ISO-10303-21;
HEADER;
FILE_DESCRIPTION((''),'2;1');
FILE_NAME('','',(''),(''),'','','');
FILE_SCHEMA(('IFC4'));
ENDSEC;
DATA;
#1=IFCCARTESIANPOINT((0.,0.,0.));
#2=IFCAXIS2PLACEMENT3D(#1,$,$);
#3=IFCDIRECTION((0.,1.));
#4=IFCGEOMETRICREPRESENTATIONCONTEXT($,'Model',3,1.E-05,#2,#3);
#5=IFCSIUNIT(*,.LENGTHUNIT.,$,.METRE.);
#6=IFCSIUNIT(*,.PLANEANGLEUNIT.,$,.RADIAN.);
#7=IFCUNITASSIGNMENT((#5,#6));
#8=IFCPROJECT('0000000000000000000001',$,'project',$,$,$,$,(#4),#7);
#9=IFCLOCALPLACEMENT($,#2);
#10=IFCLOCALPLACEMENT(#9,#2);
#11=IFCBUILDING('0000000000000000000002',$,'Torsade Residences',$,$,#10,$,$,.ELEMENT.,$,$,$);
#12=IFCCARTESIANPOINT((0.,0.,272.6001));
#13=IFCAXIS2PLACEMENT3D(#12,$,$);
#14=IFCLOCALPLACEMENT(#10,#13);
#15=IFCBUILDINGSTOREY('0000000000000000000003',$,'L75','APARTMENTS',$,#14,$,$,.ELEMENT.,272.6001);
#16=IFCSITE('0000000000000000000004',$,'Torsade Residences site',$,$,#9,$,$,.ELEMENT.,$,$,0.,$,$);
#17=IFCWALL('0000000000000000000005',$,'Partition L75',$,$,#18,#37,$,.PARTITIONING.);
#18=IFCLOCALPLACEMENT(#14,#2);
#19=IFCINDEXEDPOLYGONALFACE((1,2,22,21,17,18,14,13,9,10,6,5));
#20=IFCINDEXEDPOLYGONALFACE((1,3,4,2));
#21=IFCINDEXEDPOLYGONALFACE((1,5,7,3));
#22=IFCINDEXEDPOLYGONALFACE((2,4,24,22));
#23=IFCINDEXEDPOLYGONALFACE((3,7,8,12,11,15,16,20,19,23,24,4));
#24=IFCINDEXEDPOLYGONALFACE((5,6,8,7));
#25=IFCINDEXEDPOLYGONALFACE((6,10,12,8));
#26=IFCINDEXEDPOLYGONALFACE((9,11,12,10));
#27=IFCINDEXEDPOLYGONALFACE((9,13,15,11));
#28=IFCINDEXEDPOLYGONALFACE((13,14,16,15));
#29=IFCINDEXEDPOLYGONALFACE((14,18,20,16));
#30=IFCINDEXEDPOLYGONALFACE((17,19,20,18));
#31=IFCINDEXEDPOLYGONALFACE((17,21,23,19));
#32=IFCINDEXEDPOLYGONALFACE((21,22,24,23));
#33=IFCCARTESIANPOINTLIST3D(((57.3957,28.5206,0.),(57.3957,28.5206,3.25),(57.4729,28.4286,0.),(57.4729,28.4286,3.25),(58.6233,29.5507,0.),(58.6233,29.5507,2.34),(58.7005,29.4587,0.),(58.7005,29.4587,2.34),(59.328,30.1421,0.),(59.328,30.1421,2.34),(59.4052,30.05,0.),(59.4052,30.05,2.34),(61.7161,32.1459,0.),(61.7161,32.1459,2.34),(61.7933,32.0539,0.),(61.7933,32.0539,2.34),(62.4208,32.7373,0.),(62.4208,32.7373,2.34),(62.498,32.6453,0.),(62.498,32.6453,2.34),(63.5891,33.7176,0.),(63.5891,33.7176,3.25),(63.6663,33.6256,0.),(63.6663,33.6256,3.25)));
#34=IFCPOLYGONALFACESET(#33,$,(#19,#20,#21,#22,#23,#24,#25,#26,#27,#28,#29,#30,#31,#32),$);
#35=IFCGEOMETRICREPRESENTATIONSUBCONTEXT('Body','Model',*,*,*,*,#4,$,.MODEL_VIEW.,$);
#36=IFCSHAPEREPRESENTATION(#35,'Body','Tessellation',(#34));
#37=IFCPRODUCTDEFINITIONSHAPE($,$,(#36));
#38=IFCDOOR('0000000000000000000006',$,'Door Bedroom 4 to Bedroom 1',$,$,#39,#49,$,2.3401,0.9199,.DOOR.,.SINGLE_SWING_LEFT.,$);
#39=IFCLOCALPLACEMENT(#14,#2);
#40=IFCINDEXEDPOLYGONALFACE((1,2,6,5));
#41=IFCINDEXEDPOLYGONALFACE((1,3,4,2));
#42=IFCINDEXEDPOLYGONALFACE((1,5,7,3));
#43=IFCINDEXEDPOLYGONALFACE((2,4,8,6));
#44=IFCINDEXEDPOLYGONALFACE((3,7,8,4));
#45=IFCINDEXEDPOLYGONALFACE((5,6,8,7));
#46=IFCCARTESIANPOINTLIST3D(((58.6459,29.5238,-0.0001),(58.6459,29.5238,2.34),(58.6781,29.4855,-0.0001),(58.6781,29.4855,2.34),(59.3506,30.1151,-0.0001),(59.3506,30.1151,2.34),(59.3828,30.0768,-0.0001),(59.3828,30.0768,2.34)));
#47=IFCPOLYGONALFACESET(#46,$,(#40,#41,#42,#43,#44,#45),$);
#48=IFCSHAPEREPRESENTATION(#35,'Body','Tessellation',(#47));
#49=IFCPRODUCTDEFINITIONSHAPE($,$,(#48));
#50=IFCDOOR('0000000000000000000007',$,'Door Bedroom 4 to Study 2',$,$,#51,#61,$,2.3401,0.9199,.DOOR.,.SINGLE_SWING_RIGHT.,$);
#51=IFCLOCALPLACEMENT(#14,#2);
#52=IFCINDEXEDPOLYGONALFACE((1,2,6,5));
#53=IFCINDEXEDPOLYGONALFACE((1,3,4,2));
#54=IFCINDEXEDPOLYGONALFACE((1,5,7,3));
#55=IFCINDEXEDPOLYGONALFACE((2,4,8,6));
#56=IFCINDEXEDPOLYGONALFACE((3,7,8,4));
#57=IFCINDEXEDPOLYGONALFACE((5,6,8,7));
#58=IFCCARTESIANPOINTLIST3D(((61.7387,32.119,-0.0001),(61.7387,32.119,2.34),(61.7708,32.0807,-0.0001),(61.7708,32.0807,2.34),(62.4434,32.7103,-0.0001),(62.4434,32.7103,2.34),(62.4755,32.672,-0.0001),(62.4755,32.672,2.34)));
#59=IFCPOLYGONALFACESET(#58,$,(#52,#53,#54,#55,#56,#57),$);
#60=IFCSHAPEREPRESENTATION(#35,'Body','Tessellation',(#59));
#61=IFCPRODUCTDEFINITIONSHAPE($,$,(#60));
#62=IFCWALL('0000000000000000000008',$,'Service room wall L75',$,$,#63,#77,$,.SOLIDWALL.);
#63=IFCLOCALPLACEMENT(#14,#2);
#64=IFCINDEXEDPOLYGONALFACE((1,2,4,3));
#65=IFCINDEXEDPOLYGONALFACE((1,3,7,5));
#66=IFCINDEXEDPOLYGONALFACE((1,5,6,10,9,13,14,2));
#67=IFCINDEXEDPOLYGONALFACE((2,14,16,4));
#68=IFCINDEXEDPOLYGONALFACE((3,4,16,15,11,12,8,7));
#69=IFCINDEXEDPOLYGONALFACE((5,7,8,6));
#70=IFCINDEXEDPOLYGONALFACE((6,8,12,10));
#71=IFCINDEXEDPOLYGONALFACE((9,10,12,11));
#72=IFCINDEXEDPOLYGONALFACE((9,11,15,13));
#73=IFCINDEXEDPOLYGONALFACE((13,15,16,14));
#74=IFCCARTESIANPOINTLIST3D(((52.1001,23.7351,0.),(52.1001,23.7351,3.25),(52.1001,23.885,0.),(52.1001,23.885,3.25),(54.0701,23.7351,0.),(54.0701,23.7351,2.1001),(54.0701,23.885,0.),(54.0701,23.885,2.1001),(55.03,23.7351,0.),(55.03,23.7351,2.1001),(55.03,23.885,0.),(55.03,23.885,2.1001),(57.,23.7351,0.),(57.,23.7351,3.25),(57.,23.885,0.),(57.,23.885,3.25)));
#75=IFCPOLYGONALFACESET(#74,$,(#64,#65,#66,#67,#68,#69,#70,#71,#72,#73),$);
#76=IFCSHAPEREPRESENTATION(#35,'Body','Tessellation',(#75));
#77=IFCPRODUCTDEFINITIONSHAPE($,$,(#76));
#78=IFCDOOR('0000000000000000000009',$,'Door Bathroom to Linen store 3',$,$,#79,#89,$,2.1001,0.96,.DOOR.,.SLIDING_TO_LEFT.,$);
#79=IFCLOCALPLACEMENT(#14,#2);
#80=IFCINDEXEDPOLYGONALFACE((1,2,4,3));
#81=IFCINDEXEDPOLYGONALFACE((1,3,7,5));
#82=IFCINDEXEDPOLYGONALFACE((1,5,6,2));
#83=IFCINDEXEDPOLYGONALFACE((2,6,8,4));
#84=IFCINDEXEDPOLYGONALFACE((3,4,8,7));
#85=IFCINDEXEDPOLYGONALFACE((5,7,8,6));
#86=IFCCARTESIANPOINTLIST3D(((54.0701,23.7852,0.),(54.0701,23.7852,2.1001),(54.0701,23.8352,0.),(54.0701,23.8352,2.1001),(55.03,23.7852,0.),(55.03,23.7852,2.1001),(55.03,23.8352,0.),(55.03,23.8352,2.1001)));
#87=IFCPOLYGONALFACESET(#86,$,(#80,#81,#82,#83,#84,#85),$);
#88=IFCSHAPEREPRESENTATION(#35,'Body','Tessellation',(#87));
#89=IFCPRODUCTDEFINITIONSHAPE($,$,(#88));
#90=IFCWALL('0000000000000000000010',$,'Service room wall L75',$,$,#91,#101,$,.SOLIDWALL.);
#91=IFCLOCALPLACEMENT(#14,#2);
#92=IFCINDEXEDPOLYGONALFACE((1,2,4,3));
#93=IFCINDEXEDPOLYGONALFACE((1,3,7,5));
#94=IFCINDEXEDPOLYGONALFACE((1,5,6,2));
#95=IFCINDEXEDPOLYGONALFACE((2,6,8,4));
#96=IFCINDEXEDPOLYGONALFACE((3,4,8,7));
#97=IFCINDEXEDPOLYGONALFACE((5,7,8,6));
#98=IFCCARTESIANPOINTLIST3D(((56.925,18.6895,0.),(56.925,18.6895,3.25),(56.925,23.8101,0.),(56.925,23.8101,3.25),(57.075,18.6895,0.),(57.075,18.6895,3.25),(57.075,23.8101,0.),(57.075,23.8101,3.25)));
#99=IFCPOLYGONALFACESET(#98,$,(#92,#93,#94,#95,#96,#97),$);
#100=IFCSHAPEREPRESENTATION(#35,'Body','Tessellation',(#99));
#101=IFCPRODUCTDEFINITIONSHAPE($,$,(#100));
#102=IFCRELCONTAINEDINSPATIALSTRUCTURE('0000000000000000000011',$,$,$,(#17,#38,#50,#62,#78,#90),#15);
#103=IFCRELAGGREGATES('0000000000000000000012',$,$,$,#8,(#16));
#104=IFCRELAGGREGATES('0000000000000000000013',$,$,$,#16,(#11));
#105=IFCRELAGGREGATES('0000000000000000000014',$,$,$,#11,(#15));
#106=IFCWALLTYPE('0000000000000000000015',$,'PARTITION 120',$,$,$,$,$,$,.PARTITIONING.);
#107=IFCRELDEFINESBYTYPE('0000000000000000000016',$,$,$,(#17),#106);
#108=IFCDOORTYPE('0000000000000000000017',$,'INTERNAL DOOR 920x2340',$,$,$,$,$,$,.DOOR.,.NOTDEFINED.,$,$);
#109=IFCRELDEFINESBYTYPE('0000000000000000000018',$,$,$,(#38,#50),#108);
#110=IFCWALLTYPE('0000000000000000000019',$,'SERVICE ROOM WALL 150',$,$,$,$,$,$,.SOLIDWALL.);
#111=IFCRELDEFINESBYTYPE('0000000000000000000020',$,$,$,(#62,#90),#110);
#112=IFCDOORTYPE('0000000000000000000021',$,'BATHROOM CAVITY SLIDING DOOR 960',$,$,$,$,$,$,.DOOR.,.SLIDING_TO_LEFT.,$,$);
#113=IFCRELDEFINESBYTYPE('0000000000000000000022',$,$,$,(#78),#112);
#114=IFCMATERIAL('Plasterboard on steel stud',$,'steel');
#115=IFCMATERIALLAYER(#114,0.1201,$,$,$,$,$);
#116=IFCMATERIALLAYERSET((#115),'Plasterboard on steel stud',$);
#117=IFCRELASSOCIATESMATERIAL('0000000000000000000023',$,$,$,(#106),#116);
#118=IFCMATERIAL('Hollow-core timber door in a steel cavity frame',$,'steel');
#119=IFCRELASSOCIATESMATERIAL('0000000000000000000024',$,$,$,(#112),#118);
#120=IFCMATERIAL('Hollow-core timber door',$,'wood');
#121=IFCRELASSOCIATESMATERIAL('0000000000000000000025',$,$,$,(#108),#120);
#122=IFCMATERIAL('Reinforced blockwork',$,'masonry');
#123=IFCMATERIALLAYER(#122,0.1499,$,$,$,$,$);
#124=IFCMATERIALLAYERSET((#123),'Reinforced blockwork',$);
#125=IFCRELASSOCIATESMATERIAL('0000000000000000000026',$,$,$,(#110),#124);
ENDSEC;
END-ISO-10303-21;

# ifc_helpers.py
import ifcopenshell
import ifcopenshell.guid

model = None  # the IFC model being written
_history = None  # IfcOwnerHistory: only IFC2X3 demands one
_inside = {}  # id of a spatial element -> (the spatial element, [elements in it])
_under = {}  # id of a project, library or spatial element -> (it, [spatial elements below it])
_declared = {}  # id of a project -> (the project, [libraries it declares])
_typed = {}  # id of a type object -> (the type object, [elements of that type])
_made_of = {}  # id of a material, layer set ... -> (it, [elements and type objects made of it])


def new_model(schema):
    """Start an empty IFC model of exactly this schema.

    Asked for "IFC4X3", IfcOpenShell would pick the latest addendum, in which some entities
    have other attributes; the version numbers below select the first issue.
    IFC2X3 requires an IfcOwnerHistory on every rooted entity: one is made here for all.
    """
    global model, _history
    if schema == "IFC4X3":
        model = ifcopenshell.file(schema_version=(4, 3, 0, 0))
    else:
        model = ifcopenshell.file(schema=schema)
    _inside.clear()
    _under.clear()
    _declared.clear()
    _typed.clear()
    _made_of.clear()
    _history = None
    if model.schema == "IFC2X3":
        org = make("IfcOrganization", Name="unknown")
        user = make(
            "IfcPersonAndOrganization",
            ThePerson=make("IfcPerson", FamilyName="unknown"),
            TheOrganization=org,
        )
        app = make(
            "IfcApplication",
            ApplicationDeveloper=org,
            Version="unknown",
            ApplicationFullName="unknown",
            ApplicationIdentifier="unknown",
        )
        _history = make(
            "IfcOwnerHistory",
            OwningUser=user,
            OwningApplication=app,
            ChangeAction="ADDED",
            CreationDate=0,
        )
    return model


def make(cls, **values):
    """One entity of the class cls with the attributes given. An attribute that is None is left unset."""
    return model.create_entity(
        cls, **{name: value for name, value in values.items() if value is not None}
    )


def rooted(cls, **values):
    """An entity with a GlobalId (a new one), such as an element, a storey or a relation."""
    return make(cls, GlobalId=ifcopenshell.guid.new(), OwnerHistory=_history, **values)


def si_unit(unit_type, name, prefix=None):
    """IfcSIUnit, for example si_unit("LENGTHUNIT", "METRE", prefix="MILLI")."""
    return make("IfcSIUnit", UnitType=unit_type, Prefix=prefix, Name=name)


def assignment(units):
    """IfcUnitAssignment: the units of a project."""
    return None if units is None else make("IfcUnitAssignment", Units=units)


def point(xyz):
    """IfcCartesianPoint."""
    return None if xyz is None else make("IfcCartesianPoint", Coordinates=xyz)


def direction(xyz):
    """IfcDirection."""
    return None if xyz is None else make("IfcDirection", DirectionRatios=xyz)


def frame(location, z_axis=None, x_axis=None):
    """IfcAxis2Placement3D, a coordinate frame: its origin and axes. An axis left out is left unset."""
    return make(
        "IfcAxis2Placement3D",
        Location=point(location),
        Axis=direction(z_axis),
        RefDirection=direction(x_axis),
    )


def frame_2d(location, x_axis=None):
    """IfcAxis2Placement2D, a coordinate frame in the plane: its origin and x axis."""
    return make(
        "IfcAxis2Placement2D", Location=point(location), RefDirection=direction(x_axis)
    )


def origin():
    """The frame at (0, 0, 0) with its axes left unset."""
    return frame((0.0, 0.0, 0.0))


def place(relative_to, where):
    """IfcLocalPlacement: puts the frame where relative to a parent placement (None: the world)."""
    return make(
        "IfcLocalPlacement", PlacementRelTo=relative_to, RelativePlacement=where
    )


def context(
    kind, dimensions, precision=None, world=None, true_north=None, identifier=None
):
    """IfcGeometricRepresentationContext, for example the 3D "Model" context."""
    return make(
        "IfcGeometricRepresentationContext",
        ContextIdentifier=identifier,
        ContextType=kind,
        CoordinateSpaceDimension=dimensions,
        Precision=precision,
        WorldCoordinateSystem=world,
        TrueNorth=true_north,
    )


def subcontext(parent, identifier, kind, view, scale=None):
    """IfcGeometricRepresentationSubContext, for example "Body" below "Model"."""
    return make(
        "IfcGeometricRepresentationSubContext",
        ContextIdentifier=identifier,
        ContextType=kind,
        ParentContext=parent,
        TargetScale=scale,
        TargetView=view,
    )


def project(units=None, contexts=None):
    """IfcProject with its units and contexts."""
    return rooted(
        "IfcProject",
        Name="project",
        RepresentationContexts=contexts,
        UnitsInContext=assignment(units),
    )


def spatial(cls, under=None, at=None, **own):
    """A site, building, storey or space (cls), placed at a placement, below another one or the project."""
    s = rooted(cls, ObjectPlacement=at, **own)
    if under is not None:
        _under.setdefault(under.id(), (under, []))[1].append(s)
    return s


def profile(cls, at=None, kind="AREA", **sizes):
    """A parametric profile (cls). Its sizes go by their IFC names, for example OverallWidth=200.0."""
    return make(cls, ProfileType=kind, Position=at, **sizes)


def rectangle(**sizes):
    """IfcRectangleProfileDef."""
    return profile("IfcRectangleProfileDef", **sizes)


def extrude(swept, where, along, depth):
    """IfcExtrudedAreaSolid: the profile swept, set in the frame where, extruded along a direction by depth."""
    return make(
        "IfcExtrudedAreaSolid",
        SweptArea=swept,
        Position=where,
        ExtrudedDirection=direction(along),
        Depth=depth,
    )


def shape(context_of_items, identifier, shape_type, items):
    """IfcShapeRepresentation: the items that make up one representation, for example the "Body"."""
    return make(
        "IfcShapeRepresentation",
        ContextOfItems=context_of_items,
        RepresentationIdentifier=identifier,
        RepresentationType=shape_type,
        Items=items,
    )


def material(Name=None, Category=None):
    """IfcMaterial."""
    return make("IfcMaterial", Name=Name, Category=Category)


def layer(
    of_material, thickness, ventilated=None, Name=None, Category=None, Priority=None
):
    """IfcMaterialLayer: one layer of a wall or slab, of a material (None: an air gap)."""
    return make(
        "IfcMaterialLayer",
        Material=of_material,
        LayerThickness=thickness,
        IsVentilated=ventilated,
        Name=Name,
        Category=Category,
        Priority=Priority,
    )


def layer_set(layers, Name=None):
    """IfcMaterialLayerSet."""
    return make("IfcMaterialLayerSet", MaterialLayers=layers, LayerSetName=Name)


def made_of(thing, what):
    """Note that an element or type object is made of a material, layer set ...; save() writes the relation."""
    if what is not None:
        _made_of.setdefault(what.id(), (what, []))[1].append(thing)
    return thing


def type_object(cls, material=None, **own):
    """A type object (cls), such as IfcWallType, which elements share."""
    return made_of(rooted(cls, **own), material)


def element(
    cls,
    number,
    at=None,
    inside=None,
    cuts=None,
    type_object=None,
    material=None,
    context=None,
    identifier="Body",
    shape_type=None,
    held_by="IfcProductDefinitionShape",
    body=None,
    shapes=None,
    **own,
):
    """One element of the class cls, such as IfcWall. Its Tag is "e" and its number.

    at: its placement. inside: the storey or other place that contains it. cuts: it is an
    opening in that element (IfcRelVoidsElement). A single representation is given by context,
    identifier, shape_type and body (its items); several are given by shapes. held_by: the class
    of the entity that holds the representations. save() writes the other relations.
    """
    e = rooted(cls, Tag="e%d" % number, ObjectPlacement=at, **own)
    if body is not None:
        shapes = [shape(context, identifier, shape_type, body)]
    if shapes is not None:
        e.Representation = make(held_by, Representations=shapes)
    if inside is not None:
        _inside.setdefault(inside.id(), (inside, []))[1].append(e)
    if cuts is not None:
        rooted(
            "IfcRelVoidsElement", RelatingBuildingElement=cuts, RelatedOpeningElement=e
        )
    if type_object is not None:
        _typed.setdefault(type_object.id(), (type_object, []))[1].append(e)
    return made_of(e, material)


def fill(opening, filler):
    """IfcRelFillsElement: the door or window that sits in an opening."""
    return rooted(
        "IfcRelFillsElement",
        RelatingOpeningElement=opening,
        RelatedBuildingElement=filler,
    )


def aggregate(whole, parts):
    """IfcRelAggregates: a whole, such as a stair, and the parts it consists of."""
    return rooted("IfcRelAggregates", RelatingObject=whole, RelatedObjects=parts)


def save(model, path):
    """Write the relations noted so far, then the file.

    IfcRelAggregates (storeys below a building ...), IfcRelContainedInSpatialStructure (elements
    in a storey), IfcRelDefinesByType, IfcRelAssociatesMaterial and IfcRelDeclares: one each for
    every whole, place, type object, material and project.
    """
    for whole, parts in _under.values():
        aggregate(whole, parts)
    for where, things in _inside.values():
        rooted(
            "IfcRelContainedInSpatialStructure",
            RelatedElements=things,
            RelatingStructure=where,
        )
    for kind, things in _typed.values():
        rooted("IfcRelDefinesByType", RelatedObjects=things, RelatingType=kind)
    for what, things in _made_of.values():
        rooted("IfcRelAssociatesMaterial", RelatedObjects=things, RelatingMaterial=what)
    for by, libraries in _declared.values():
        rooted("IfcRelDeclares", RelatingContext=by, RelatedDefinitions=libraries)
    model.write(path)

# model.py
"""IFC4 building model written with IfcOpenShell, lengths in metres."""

from ifc_helpers import new_model, si_unit, direction, frame, frame_2d, origin, place, context, subcontext, project, spatial, rectangle, extrude, material, layer, layer_set, type_object, element, fill, save


model = new_model("IFC4")

# Units and contexts
model_context = context("Model", 3, precision=1e-05, world=origin(), true_north=direction((0.0, 1.0)))
body_context = subcontext(model_context, "Body", "Model", "MODEL_VIEW")
ifc_project = project(units=[si_unit("LENGTHUNIT", "METRE"), si_unit("PLANEANGLEUNIT", "RADIAN")], contexts=[model_context])

# Site, building, storey
site_placement = place(None, origin())
site = spatial("IfcSite", under=ifc_project, at=site_placement, Name="Torsade Residences site", CompositionType="ELEMENT", RefElevation=0.0)
building_placement = place(site_placement, origin())
building = spatial("IfcBuilding", under=site, at=building_placement, Name="Torsade Residences", CompositionType="ELEMENT")
storey_placement = place(building_placement, frame((0.0, 0.0, 272.6001)))
storey = spatial("IfcBuildingStorey", under=building, at=storey_placement, Name="L75", Description="APARTMENTS", CompositionType="ELEMENT", Elevation=272.6001)

# Shared definitions
ifc_material_1 = material(Name="Plasterboard on steel stud", Category="steel")
ifc_layer_1 = layer(ifc_material_1, 0.1201)
ifc_layer_set_1 = layer_set([ifc_layer_1], Name="Plasterboard on steel stud")
wall_type_1 = type_object("IfcWallType", Name="PARTITION 120", PredefinedType="PARTITIONING", material=ifc_layer_set_1)
ifc_material_2 = material(Name="Hollow-core timber door in a steel cavity frame", Category="steel")
door_type_1 = type_object("IfcDoorType", Name="BATHROOM CAVITY SLIDING DOOR 960", OperationType="SLIDING_TO_LEFT", PredefinedType="DOOR", material=ifc_material_2)

# Wall, openings, doors
wall_1_placement = place(storey_placement, frame((57.4343, 28.4746, 0.0), z_axis=(0.0, 0.0, 1.0), x_axis=(0.766034, 0.6428, 0.0)))
wall_1 = element("IfcWall", 1, at=wall_1_placement, inside=storey, type_object=wall_type_1, Name="Partition L75", PredefinedType="PARTITIONING", context=body_context, shape_type="SweptSolid", body=[
    extrude(rectangle(XDim=8.085, YDim=0.1201, at=frame_2d((4.0425, 0.0))), origin(), (0.0, 0.0, 1.0), 3.25),
])
opening_1_placement = place(wall_1_placement, frame((1.6025, 0.0, 0.0)))
opening_1 = element("IfcOpeningElement", 2, at=opening_1_placement, cuts=wall_1, PredefinedType="OPENING", context=body_context, shape_type="SweptSolid", body=[
    extrude(rectangle(XDim=0.9199, YDim=2.3401, at=frame_2d((0.46, 1.1699))), frame((0.0, 0.0701, 0.0), z_axis=(0.0, -1.0, 0.0), x_axis=(1.0, 0.0, 0.0)), (0.0, 0.0, 1.0), 0.1401),
])
opening_2_placement = place(wall_1_placement, frame((5.6399, 0.0, 0.0)))
opening_2 = element("IfcOpeningElement", 3, at=opening_2_placement, cuts=wall_1, PredefinedType="OPENING", context=body_context, shape_type="SweptSolid", body=[
    extrude(rectangle(XDim=0.9199, YDim=2.3401, at=frame_2d((0.46, 1.1699))), frame((0.0, 0.0701, 0.0), z_axis=(0.0, -1.0, 0.0), x_axis=(1.0, 0.0, 0.0)), (0.0, 0.0, 1.0), 0.1401),
])
ifc_material_3 = material(Name="Hollow-core timber door", Category="wood")
door_type_2 = type_object("IfcDoorType", Name="INTERNAL DOOR 920x2340", OperationType="NOTDEFINED", PredefinedType="DOOR", material=ifc_material_3)
door_1_placement = place(opening_1_placement, origin())
door_1 = element("IfcDoor", 4, at=door_1_placement, inside=storey, type_object=door_type_2, Name="Door Bedroom 4 to Bedroom 1", OperationType="SINGLE_SWING_LEFT", OverallHeight=2.3401, OverallWidth=0.9199, PredefinedType="DOOR", context=body_context, shape_type="SweptSolid", body=[
    extrude(rectangle(XDim=0.9199, YDim=2.3401, at=frame_2d((0.46, 1.1699))), frame((0.0, 0.0249, 0.0), z_axis=(0.0, -1.0, 0.0), x_axis=(1.0, 0.0, 0.0)), (0.0, 0.0, 1.0), 0.05),
])
fill(opening_1, door_1)
door_2_placement = place(opening_2_placement, origin())
door_2 = element("IfcDoor", 5, at=door_2_placement, inside=storey, type_object=door_type_2, Name="Door Bedroom 4 to Study 2", OperationType="SINGLE_SWING_RIGHT", OverallHeight=2.3401, OverallWidth=0.9199, PredefinedType="DOOR", context=body_context, shape_type="SweptSolid", body=[
    extrude(rectangle(XDim=0.9199, YDim=2.3401, at=frame_2d((0.46, 1.1699))), frame((0.0, 0.0249, 0.0), z_axis=(0.0, -1.0, 0.0), x_axis=(1.0, 0.0, 0.0)), (0.0, 0.0, 1.0), 0.05),
])
fill(opening_2, door_2)

# Wall, opening, door
ifc_material_4 = material(Name="Reinforced blockwork", Category="masonry")
ifc_layer_2 = layer(ifc_material_4, 0.1499)
ifc_layer_set_2 = layer_set([ifc_layer_2], Name="Reinforced blockwork")
wall_type_2 = type_object("IfcWallType", Name="SERVICE ROOM WALL 150", PredefinedType="SOLIDWALL", material=ifc_layer_set_2)
wall_2_placement = place(storey_placement, frame((57.0, 23.8101, 0.0), z_axis=(0.0, 0.0, 1.0), x_axis=(-1.0, 0.0, 0.0)))
wall_2 = element("IfcWall", 6, at=wall_2_placement, inside=storey, type_object=wall_type_2, Name="Service room wall L75", PredefinedType="SOLIDWALL", context=body_context, shape_type="SweptSolid", body=[
    extrude(rectangle(XDim=4.8999, YDim=0.1499, at=frame_2d((2.45, 0.0))), origin(), (0.0, 0.0, 1.0), 3.25),
])
opening_3_placement = place(wall_2_placement, frame((1.97, 0.0, 0.0)))
opening_3 = element("IfcOpeningElement", 7, at=opening_3_placement, cuts=wall_2, PredefinedType="OPENING", context=body_context, shape_type="SweptSolid", body=[
    extrude(rectangle(XDim=0.96, YDim=2.1001, at=frame_2d((0.48, 1.05))), frame((0.0, 0.085, 0.0), z_axis=(0.0, -1.0, 0.0), x_axis=(1.0, 0.0, 0.0)), (0.0, 0.0, 1.0), 0.1699),
])
door_3_placement = place(opening_3_placement, origin())
door_3 = element("IfcDoor", 8, at=door_3_placement, inside=storey, type_object=door_type_1, Name="Door Bathroom to Linen store 3", OperationType="SLIDING_TO_LEFT", OverallHeight=2.1001, OverallWidth=0.96, PredefinedType="DOOR", context=body_context, shape_type="SweptSolid", body=[
    extrude(rectangle(XDim=0.96, YDim=2.1001, at=frame_2d((0.48, 1.05))), frame((0.0, 0.0249, 0.0), z_axis=(0.0, -1.0, 0.0), x_axis=(1.0, 0.0, 0.0)), (0.0, 0.0, 1.0), 0.05),
])
fill(opening_3, door_3)

# Wall
wall_3_placement = place(storey_placement, frame((57.0, 23.8101, 0.0), z_axis=(0.0, 0.0, 1.0), x_axis=(0.0, -1.0, 0.0)))
element("IfcWall", 9, at=wall_3_placement, inside=storey, type_object=wall_type_2, Name="Service room wall L75", PredefinedType="SOLIDWALL", context=body_context, shape_type="SweptSolid", body=[
    extrude(rectangle(XDim=5.1206, YDim=0.1499, at=frame_2d((2.5603, 0.0))), origin(), (0.0, 0.0, 1.0), 3.25),
])

save(model, "model.ifc")
